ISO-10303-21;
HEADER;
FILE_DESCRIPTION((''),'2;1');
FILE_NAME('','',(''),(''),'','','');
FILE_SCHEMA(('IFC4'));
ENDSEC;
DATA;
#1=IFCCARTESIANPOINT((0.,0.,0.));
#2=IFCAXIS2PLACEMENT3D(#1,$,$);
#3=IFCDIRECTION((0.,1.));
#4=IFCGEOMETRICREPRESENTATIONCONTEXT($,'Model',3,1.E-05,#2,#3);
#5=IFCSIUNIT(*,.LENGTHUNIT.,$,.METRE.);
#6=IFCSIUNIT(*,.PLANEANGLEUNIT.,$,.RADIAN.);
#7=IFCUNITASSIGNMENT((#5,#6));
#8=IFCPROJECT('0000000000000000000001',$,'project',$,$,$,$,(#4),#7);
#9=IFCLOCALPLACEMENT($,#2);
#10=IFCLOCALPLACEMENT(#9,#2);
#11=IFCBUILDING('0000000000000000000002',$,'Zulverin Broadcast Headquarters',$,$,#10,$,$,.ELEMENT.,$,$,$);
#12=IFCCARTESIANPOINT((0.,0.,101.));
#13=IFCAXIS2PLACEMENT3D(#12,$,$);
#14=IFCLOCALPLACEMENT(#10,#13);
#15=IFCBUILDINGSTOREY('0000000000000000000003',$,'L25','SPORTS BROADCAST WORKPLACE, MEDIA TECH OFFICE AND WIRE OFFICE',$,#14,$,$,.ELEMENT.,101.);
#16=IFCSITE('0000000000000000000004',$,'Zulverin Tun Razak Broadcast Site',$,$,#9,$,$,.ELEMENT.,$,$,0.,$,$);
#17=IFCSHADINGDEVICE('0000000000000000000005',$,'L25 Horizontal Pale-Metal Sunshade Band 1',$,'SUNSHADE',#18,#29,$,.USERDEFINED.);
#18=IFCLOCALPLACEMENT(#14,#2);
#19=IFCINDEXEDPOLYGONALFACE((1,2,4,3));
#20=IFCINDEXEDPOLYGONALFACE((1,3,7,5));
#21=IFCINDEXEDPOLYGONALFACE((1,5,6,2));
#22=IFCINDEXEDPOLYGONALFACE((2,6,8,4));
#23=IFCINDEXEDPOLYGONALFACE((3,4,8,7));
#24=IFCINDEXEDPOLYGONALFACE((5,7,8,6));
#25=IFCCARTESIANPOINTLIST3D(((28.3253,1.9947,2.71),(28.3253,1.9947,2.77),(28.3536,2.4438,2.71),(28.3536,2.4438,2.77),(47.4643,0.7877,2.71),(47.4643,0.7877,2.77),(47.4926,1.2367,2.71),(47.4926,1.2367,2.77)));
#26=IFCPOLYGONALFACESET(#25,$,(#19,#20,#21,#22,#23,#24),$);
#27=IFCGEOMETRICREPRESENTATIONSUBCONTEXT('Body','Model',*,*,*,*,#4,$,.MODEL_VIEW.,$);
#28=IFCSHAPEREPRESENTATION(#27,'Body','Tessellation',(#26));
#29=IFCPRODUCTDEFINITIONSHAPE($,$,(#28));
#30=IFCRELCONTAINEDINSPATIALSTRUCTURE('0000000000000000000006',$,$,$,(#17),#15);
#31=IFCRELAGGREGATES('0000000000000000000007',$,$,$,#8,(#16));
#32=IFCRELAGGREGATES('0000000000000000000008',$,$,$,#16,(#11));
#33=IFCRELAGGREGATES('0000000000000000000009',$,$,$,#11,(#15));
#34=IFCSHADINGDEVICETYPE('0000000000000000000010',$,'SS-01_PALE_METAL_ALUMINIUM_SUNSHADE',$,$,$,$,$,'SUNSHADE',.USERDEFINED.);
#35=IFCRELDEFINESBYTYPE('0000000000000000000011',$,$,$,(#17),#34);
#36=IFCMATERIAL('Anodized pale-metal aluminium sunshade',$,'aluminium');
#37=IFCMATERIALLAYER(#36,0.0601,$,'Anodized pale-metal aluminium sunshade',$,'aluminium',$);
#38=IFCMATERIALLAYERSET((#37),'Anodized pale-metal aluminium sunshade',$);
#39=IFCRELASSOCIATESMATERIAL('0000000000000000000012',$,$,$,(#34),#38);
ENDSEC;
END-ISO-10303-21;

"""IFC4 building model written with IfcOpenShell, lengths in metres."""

from ifc_helpers import new_model, si_unit, direction, frame, origin, origin_2d, place, context, subcontext, project, spatial, rectangle, extrude, material, layer, layer_set, type_object, element, save


model = new_model("IFC4")

# Units and contexts
model_context = context("Model", 3, precision=1e-05, world=origin(), true_north=direction((0.0, 1.0)))
body_context = subcontext(model_context, "Body", "Model", "MODEL_VIEW")
ifc_project = project(units=[si_unit("LENGTHUNIT", "METRE"), si_unit("PLANEANGLEUNIT", "RADIAN")], contexts=[model_context])

# Site, building, storey
site_placement = place(None, origin())
site = spatial("IfcSite", under=ifc_project, at=site_placement, Name="Zulverin Tun Razak Broadcast Site", CompositionType="ELEMENT", RefElevation=0.0)
building_placement = place(site_placement, origin())
building = spatial("IfcBuilding", under=site, at=building_placement, Name="Zulverin Broadcast Headquarters", CompositionType="ELEMENT")
storey_placement = place(building_placement, frame((0.0, 0.0, 101.0)))
storey = spatial("IfcBuildingStorey", under=building, at=storey_placement, Name="L25", Description="SPORTS BROADCAST WORKPLACE, MEDIA TECH OFFICE AND WIRE OFFICE", CompositionType="ELEMENT", Elevation=101.0)

# Shading device
ifc_material_1 = material(Name="Anodized pale-metal aluminium sunshade", Category="aluminium")
ifc_layer_1 = layer(ifc_material_1, 0.0601, Name="Anodized pale-metal aluminium sunshade", Category="aluminium")
ifc_layer_set_1 = layer_set([ifc_layer_1], Name="Anodized pale-metal aluminium sunshade")
shading_device_type = type_object("IfcShadingDeviceType", Name="SS-01_PALE_METAL_ALUMINIUM_SUNSHADE", ElementType="SUNSHADE", PredefinedType="USERDEFINED", material=ifc_layer_set_1)
shading_device_placement = place(storey_placement, frame((37.9089, 1.6157, 2.71), z_axis=(0.0, 0.0, 1.0), x_axis=(0.998017, -0.062942, 0.0)))
element("IfcShadingDevice", 1, at=shading_device_placement, inside=storey, type_object=shading_device_type, Name="L25 Horizontal Pale-Metal Sunshade Band 1", ObjectType="SUNSHADE", PredefinedType="USERDEFINED", context=body_context, shape_type="SweptSolid", body=[
    extrude(rectangle(XDim=19.177, YDim=0.45, at=origin_2d()), origin(), (0.0, 0.0, 1.0), 0.0601),
])

save(model, "model.ifc")
